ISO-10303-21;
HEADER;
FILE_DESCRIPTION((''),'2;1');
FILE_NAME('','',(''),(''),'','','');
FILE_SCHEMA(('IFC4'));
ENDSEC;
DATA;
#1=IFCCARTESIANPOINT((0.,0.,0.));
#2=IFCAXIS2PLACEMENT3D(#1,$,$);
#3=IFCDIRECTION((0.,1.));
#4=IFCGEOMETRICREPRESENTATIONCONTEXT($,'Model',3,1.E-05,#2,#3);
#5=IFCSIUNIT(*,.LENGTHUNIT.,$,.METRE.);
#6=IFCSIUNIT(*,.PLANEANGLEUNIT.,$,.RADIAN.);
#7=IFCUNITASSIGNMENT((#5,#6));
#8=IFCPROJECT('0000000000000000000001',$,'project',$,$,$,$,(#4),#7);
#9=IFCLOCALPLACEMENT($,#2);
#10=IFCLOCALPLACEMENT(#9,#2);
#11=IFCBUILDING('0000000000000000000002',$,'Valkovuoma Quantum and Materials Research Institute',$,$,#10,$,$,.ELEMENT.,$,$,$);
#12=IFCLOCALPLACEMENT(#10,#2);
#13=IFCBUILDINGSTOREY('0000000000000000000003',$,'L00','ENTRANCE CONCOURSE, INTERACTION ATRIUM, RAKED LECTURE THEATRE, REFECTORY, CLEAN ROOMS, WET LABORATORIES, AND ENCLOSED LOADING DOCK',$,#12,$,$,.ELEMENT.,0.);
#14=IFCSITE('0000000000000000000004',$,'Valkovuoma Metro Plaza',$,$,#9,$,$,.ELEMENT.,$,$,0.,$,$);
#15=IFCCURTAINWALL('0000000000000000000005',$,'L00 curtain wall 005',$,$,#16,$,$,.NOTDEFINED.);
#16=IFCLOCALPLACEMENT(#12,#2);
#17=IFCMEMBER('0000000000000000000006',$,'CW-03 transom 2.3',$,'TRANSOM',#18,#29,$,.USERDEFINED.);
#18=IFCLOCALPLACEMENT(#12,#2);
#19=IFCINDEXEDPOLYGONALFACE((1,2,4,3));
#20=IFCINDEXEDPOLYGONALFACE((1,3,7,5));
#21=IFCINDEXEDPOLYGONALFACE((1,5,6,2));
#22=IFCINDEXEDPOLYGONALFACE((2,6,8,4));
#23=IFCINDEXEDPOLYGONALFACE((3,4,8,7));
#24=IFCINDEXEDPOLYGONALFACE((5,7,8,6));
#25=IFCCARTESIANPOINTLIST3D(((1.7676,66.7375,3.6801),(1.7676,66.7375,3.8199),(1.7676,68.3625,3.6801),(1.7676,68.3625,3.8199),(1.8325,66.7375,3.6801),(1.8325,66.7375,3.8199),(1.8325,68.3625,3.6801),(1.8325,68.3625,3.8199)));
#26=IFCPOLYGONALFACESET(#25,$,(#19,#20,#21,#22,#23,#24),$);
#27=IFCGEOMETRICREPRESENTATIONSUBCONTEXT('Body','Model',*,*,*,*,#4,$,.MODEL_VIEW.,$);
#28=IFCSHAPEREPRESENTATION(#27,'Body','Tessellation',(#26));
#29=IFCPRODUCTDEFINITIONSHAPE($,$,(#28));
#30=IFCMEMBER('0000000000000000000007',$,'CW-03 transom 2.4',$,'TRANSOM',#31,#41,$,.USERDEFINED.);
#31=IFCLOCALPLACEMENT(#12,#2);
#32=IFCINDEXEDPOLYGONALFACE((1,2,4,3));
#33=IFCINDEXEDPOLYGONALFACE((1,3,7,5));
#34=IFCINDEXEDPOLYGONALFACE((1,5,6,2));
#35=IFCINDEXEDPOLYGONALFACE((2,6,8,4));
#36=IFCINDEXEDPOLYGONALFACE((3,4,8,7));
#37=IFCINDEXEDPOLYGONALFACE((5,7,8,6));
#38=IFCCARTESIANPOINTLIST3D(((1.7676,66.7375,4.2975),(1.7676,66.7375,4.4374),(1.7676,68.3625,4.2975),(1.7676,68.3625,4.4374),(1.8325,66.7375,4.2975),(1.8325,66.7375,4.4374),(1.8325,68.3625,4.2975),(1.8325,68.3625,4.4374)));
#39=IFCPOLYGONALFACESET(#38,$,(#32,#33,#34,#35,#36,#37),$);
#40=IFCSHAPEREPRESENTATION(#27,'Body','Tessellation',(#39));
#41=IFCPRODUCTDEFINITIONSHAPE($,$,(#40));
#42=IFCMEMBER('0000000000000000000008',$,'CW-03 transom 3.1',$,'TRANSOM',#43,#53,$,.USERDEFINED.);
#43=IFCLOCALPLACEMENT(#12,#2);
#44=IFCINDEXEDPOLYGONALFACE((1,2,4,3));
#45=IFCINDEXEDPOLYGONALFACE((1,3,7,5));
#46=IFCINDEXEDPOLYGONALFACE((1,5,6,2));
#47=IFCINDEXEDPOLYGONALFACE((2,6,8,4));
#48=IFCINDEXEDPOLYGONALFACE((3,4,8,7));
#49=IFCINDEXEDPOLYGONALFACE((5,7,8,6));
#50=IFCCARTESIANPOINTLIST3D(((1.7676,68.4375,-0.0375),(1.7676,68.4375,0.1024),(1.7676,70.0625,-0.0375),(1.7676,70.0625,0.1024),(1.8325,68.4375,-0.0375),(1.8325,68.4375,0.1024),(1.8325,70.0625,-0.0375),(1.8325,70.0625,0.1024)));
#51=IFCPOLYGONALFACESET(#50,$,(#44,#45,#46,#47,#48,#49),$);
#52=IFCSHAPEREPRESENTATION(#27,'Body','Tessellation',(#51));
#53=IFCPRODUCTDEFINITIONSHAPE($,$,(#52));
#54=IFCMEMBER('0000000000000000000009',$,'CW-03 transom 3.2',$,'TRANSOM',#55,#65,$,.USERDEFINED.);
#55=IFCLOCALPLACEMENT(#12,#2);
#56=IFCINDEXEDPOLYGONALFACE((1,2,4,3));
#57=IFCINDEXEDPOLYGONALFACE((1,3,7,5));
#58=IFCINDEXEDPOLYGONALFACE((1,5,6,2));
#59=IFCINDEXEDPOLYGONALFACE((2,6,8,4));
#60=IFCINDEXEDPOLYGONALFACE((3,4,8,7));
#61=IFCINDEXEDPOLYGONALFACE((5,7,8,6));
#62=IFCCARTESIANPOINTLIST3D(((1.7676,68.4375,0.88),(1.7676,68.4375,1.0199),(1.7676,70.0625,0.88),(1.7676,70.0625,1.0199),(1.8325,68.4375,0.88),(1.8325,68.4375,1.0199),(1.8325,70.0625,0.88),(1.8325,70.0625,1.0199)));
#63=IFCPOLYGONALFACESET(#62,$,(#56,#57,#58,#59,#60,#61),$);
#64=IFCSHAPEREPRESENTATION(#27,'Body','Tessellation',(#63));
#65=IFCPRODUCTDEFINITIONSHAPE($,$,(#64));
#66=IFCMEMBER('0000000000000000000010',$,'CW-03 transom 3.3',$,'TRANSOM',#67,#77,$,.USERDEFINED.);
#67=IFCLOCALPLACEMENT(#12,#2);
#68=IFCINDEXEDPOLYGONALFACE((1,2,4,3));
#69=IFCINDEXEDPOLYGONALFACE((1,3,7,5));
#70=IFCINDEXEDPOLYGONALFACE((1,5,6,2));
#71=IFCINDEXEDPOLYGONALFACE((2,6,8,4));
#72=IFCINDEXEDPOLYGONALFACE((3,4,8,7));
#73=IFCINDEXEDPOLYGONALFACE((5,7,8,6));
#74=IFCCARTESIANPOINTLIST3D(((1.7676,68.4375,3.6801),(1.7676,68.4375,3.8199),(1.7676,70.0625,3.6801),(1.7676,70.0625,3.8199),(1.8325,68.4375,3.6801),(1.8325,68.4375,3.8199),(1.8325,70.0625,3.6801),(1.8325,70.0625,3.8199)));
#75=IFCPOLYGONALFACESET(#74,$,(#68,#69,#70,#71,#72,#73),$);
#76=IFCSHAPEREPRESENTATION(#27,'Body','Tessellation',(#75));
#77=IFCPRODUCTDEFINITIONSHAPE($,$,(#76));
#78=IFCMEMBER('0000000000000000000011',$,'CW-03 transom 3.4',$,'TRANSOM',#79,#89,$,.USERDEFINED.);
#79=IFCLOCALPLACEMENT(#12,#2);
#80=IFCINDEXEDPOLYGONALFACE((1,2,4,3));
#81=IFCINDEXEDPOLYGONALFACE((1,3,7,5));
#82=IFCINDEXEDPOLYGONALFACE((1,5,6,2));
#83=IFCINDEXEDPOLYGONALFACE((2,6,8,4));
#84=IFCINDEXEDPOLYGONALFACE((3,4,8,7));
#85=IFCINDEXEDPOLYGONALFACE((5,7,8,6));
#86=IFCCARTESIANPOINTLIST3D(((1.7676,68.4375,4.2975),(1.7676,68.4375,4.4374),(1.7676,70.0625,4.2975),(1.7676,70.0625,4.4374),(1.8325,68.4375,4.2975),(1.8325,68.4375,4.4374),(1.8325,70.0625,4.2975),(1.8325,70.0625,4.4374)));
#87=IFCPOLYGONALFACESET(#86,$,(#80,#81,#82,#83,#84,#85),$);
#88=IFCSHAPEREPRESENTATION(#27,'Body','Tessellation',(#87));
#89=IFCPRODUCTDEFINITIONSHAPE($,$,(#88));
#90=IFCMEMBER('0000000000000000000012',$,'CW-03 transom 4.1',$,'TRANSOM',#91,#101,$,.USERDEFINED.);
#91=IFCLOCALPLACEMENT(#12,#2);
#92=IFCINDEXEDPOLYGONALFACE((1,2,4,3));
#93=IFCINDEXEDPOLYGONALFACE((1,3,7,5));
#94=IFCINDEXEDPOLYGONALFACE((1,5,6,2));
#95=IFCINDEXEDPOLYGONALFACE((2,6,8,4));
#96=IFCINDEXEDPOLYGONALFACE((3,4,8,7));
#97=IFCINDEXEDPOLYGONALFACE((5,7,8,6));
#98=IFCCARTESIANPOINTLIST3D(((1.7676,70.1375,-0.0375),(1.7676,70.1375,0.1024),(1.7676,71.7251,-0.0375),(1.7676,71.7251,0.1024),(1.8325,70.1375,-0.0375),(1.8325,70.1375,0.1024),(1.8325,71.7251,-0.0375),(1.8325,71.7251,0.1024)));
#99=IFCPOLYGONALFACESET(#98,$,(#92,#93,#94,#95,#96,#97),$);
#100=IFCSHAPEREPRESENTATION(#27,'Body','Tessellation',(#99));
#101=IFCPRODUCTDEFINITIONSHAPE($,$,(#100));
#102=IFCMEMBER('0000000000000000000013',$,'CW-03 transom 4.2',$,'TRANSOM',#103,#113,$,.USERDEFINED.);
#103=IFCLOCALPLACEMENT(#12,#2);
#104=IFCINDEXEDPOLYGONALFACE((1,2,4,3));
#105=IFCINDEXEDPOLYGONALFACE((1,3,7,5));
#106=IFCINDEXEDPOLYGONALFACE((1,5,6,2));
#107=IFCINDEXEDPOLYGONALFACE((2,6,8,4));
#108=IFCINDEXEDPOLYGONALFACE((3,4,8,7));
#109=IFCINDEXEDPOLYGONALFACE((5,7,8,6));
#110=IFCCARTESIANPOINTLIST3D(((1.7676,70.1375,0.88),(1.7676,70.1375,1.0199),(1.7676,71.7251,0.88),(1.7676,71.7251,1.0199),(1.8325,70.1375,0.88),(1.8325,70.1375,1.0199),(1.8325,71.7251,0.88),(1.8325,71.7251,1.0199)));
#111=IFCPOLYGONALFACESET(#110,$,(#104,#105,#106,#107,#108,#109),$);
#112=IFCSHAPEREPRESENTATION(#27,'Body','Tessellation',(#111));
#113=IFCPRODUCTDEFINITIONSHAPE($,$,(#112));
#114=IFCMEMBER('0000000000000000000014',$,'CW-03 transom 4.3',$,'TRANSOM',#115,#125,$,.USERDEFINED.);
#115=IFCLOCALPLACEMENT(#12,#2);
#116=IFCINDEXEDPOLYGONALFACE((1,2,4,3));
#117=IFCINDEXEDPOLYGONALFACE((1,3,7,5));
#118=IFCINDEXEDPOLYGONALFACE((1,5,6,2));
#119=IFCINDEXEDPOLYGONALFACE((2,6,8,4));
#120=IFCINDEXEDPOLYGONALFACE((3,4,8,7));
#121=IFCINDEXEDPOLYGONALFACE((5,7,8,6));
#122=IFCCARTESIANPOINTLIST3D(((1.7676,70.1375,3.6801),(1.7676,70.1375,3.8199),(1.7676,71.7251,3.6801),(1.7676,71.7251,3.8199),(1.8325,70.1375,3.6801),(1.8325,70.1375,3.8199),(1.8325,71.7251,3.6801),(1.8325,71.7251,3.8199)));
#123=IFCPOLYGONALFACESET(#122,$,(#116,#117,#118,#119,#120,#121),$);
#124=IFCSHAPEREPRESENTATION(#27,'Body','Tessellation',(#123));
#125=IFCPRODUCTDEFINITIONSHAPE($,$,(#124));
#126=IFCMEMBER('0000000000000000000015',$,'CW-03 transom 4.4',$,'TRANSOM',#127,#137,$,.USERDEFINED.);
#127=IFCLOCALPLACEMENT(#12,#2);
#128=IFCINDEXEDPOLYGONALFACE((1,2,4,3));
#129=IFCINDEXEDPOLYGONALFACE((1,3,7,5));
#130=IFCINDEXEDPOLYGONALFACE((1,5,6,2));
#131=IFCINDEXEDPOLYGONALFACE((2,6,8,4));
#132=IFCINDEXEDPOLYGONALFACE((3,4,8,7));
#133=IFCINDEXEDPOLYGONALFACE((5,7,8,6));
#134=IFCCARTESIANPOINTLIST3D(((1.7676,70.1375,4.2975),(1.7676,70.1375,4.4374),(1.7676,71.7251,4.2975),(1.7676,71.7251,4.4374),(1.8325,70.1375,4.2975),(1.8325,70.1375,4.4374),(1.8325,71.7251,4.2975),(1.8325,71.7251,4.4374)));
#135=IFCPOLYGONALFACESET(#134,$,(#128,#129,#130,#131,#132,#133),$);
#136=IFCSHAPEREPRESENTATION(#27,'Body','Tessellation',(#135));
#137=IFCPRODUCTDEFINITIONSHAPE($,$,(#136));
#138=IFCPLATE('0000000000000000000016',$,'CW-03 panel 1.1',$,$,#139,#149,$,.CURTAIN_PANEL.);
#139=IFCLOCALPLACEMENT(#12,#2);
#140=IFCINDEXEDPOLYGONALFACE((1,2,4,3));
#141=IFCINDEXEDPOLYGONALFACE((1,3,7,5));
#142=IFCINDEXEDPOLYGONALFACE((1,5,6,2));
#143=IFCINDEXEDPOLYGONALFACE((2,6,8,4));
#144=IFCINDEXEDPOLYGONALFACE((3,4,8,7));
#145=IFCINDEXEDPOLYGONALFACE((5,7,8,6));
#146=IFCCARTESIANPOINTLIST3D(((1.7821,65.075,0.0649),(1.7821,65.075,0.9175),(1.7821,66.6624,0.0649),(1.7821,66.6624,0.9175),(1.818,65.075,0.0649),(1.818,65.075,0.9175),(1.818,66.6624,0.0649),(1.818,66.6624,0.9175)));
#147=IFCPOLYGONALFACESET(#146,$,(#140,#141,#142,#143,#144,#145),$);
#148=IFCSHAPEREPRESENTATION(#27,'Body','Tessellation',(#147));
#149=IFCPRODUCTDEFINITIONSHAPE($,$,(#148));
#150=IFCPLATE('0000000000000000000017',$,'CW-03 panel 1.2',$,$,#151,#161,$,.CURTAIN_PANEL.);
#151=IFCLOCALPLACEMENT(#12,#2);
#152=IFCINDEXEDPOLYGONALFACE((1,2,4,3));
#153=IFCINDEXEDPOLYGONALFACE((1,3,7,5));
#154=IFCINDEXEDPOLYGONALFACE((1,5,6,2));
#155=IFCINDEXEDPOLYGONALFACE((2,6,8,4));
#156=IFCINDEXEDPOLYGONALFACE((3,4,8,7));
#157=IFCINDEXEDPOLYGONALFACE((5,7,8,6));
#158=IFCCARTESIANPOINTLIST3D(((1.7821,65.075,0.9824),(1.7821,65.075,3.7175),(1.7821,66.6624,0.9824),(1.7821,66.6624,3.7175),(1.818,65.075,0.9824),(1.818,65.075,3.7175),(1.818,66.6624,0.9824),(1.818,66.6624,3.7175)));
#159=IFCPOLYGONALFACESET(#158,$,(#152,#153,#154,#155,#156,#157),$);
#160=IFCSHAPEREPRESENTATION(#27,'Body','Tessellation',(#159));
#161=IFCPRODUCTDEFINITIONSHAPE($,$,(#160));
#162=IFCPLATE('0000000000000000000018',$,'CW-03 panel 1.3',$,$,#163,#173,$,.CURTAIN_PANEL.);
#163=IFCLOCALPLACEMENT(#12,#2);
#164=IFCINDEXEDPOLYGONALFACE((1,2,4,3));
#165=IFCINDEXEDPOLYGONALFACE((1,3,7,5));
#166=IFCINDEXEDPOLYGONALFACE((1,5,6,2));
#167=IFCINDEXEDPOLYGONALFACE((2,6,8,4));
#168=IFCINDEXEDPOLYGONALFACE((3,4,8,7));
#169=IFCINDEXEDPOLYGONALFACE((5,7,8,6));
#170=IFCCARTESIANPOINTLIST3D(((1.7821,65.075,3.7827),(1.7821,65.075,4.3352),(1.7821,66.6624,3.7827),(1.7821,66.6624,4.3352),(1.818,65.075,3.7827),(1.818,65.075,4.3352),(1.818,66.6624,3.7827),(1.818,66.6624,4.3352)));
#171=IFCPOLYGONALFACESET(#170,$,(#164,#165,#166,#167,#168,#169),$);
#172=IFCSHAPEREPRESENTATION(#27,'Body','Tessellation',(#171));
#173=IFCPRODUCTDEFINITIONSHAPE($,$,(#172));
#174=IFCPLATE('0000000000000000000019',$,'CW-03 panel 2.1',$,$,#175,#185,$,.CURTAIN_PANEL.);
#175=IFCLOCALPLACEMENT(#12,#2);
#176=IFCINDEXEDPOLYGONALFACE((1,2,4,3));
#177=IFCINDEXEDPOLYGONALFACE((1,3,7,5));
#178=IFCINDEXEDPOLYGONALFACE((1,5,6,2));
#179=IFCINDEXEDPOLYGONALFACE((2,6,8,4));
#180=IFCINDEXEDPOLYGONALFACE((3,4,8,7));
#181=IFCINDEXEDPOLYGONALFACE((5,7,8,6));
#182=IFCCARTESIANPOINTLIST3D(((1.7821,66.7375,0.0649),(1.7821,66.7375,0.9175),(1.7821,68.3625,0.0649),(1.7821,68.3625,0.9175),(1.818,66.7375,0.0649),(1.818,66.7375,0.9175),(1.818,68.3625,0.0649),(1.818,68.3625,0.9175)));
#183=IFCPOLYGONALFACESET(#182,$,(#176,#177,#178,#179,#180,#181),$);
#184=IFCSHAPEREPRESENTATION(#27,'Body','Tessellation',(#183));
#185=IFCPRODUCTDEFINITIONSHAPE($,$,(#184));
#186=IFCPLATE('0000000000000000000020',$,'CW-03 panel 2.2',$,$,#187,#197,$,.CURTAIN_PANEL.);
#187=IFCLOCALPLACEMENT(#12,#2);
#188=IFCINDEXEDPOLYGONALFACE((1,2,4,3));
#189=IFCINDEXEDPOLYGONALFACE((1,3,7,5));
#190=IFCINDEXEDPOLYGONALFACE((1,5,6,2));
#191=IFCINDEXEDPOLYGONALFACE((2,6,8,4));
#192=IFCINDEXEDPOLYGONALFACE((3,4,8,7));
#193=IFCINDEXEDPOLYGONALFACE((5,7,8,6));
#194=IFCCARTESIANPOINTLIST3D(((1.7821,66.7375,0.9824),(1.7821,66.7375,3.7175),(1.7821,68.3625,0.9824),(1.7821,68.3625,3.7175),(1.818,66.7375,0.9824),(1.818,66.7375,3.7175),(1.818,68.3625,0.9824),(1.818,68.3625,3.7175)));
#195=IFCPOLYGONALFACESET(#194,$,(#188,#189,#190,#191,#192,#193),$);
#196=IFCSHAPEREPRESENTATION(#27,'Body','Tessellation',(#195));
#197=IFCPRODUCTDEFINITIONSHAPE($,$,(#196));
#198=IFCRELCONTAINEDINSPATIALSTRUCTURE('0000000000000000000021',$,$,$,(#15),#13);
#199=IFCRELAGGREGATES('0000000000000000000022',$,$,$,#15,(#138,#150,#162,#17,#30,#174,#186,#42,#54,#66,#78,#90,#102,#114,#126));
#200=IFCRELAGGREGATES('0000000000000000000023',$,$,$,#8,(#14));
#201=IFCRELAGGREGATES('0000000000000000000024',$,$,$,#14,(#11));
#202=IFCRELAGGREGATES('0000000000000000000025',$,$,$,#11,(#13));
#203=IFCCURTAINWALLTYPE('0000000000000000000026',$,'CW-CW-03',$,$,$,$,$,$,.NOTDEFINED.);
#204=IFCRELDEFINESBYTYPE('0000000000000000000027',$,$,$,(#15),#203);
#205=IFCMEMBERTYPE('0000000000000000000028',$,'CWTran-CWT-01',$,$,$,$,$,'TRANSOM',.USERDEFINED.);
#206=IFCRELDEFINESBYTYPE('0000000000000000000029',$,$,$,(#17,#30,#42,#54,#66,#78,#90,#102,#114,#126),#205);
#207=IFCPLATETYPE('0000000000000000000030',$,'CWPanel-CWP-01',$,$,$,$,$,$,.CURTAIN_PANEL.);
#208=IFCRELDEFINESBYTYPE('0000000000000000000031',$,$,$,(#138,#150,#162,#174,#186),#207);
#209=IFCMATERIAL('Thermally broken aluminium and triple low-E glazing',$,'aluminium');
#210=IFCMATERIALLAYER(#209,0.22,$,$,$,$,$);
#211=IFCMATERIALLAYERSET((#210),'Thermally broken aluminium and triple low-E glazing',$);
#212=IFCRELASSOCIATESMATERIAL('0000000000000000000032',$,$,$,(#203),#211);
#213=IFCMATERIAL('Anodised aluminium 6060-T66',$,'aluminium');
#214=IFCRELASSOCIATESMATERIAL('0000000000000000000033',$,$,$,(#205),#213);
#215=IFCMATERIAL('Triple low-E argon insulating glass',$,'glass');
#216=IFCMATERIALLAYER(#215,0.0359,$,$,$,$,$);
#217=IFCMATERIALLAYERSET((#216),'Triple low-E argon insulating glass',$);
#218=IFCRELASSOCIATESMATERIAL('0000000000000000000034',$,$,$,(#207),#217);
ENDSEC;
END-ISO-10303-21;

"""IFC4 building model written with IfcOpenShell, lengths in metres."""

from ifc_helpers import new_model, si_unit, direction, frame, origin, origin_2d, place, context, subcontext, project, spatial, rectangle, extrude, material, layer, layer_set, material_profile, profile_set, type_object, element, aggregate, save


model = new_model("IFC4")

# Units and contexts
model_context = context("Model", 3, precision=1e-05, world=origin(), true_north=direction((0.0, 1.0)))
body_context = subcontext(model_context, "Body", "Model", "MODEL_VIEW")
ifc_project = project(units=[si_unit("LENGTHUNIT", "METRE"), si_unit("PLANEANGLEUNIT", "RADIAN")], contexts=[model_context])

# Site, building, storey
site_placement = place(None, origin())
site = spatial("IfcSite", under=ifc_project, at=site_placement, Name="Valkovuoma Metro Plaza", CompositionType="ELEMENT", RefElevation=0.0)
building_placement = place(site_placement, origin())
building = spatial("IfcBuilding", under=site, at=building_placement, Name="Valkovuoma Quantum and Materials Research Institute", CompositionType="ELEMENT")
storey_placement = place(building_placement, origin())
storey = spatial("IfcBuildingStorey", under=building, at=storey_placement, Name="L00", Description="ENTRANCE CONCOURSE, INTERACTION ATRIUM, RAKED LECTURE THEATRE, REFECTORY, CLEAN ROOMS, WET LABORATORIES, AND ENCLOSED LOADING DOCK", CompositionType="ELEMENT", Elevation=0.0)

# Curtain wall, members, plates
ifc_material_1 = material(Name="Thermally broken aluminium and triple low-E glazing", Category="aluminium")
ifc_layer_1 = layer(ifc_material_1, 0.22)
ifc_layer_set_1 = layer_set([ifc_layer_1], Name="Thermally broken aluminium and triple low-E glazing")
curtain_wall_type = type_object("IfcCurtainWallType", Name="CW-CW-03", PredefinedType="NOTDEFINED", material=ifc_layer_set_1)
curtain_wall_placement = place(storey_placement, origin())
curtain_wall = element("IfcCurtainWall", 1, at=curtain_wall_placement, inside=storey, type_object=curtain_wall_type, Name="L00 curtain wall 005", PredefinedType="NOTDEFINED")
ifc_material_2 = material(Name="Anodised aluminium 6060-T66", Category="aluminium")
ifc_material_profile_1 = material_profile(ifc_material_2, rectangle(XDim=0.0649, YDim=0.1399, at=origin_2d()), Name="Anodised aluminium 6060-T66")
ifc_profile_set_1 = profile_set([ifc_material_profile_1], Name="Anodised aluminium 6060-T66")
member_type_1 = type_object("IfcMemberType", Name="CWTran-CWT-01", ElementType="TRANSOM", PredefinedType="USERDEFINED", material=ifc_profile_set_1)
member_1_placement = place(storey_placement, frame((1.8, 66.7375, 3.75), z_axis=(0.0, 1.0, 0.0), x_axis=(-1.0, 0.0, 0.0)))
member_1 = element("IfcMember", 2, at=member_1_placement, type_object=member_type_1, Name="CW-03 transom 2.3", ObjectType="TRANSOM", PredefinedType="USERDEFINED", context=body_context, shape_type="SweptSolid", body=[
    extrude(rectangle(XDim=0.0649, YDim=0.1399, at=origin_2d()), origin(), (0.0, 0.0, 1.0), 1.625),
])
member_2_placement = place(storey_placement, frame((1.8, 66.7375, 4.3674), z_axis=(0.0, 1.0, 0.0), x_axis=(-1.0, 0.0, 0.0)))
member_2 = element("IfcMember", 3, at=member_2_placement, type_object=member_type_1, Name="CW-03 transom 2.4", ObjectType="TRANSOM", PredefinedType="USERDEFINED", context=body_context, shape_type="SweptSolid", body=[
    extrude(rectangle(XDim=0.0649, YDim=0.1399, at=origin_2d()), origin(), (0.0, 0.0, 1.0), 1.625),
])
member_3_placement = place(storey_placement, frame((1.8, 68.4375, 0.0325), z_axis=(0.0, 1.0, 0.0), x_axis=(-1.0, 0.0, 0.0)))
member_3 = element("IfcMember", 4, at=member_3_placement, type_object=member_type_1, Name="CW-03 transom 3.1", ObjectType="TRANSOM", PredefinedType="USERDEFINED", context=body_context, shape_type="SweptSolid", body=[
    extrude(rectangle(XDim=0.0649, YDim=0.1399, at=origin_2d()), origin(), (0.0, 0.0, 1.0), 1.625),
])
member_4_placement = place(storey_placement, frame((1.8, 68.4375, 0.95), z_axis=(0.0, 1.0, 0.0), x_axis=(-1.0, 0.0, 0.0)))
member_4 = element("IfcMember", 5, at=member_4_placement, type_object=member_type_1, Name="CW-03 transom 3.2", ObjectType="TRANSOM", PredefinedType="USERDEFINED", context=body_context, shape_type="SweptSolid", body=[
    extrude(rectangle(XDim=0.0649, YDim=0.1399, at=origin_2d()), origin(), (0.0, 0.0, 1.0), 1.625),
])
member_5_placement = place(storey_placement, frame((1.8, 68.4375, 3.75), z_axis=(0.0, 1.0, 0.0), x_axis=(-1.0, 0.0, 0.0)))
member_5 = element("IfcMember", 6, at=member_5_placement, type_object=member_type_1, Name="CW-03 transom 3.3", ObjectType="TRANSOM", PredefinedType="USERDEFINED", context=body_context, shape_type="SweptSolid", body=[
    extrude(rectangle(XDim=0.0649, YDim=0.1399, at=origin_2d()), origin(), (0.0, 0.0, 1.0), 1.625),
])
member_6_placement = place(storey_placement, frame((1.8, 68.4375, 4.3674), z_axis=(0.0, 1.0, 0.0), x_axis=(-1.0, 0.0, 0.0)))
member_6 = element("IfcMember", 7, at=member_6_placement, type_object=member_type_1, Name="CW-03 transom 3.4", ObjectType="TRANSOM", PredefinedType="USERDEFINED", context=body_context, shape_type="SweptSolid", body=[
    extrude(rectangle(XDim=0.0649, YDim=0.1399, at=origin_2d()), origin(), (0.0, 0.0, 1.0), 1.625),
])
member_7_placement = place(storey_placement, frame((1.8, 70.1375, 0.0325), z_axis=(0.0, 1.0, 0.0), x_axis=(-1.0, 0.0, 0.0)))
member_7 = element("IfcMember", 8, at=member_7_placement, type_object=member_type_1, Name="CW-03 transom 4.1", ObjectType="TRANSOM", PredefinedType="USERDEFINED", context=body_context, shape_type="SweptSolid", body=[
    extrude(rectangle(XDim=0.0649, YDim=0.1399, at=origin_2d()), origin(), (0.0, 0.0, 1.0), 1.5876),
])
member_8_placement = place(storey_placement, frame((1.8, 70.1375, 0.95), z_axis=(0.0, 1.0, 0.0), x_axis=(-1.0, 0.0, 0.0)))
member_8 = element("IfcMember", 9, at=member_8_placement, type_object=member_type_1, Name="CW-03 transom 4.2", ObjectType="TRANSOM", PredefinedType="USERDEFINED", context=body_context, shape_type="SweptSolid", body=[
    extrude(rectangle(XDim=0.0649, YDim=0.1399, at=origin_2d()), origin(), (0.0, 0.0, 1.0), 1.5876),
])
member_9_placement = place(storey_placement, frame((1.8, 70.1375, 3.75), z_axis=(0.0, 1.0, 0.0), x_axis=(-1.0, 0.0, 0.0)))
member_9 = element("IfcMember", 10, at=member_9_placement, type_object=member_type_1, Name="CW-03 transom 4.3", ObjectType="TRANSOM", PredefinedType="USERDEFINED", context=body_context, shape_type="SweptSolid", body=[
    extrude(rectangle(XDim=0.0649, YDim=0.1399, at=origin_2d()), origin(), (0.0, 0.0, 1.0), 1.5876),
])
member_10_placement = place(storey_placement, frame((1.8, 70.1375, 4.3674), z_axis=(0.0, 1.0, 0.0), x_axis=(-1.0, 0.0, 0.0)))
member_10 = element("IfcMember", 11, at=member_10_placement, type_object=member_type_1, Name="CW-03 transom 4.4", ObjectType="TRANSOM", PredefinedType="USERDEFINED", context=body_context, shape_type="SweptSolid", body=[
    extrude(rectangle(XDim=0.0649, YDim=0.1399, at=origin_2d()), origin(), (0.0, 0.0, 1.0), 1.5876),
])
ifc_material_3 = material(Name="Triple low-E argon insulating glass", Category="glass")
ifc_layer_2 = layer(ifc_material_3, 0.0359)
ifc_layer_set_2 = layer_set([ifc_layer_2], Name="Triple low-E argon insulating glass")
plate_type = type_object("IfcPlateType", Name="CWPanel-CWP-01", PredefinedType="CURTAIN_PANEL", material=ifc_layer_set_2)
plate_1_placement = place(storey_placement, frame((1.8, 65.8687, 0.0649), z_axis=(0.0, 0.0, 1.0), x_axis=(0.0, 1.0, 0.0)))
plate_1 = element("IfcPlate", 12, at=plate_1_placement, type_object=plate_type, Name="CW-03 panel 1.1", PredefinedType="CURTAIN_PANEL", context=body_context, shape_type="SweptSolid", body=[
    extrude(rectangle(XDim=1.5874, YDim=0.0359, at=origin_2d()), origin(), (0.0, 0.0, 1.0), 0.8525),
])
plate_2_placement = place(storey_placement, frame((1.8, 65.8687, 0.9824), z_axis=(0.0, 0.0, 1.0), x_axis=(0.0, 1.0, 0.0)))
plate_2 = element("IfcPlate", 13, at=plate_2_placement, type_object=plate_type, Name="CW-03 panel 1.2", PredefinedType="CURTAIN_PANEL", context=body_context, shape_type="SweptSolid", body=[
    extrude(rectangle(XDim=1.5874, YDim=0.0359, at=origin_2d()), origin(), (0.0, 0.0, 1.0), 2.7351),
])
plate_3_placement = place(storey_placement, frame((1.8, 65.8687, 3.7827), z_axis=(0.0, 0.0, 1.0), x_axis=(0.0, 1.0, 0.0)))
plate_3 = element("IfcPlate", 14, at=plate_3_placement, type_object=plate_type, Name="CW-03 panel 1.3", PredefinedType="CURTAIN_PANEL", context=body_context, shape_type="SweptSolid", body=[
    extrude(rectangle(XDim=1.5874, YDim=0.0359, at=origin_2d()), origin(), (0.0, 0.0, 1.0), 0.5525),
])
plate_4_placement = place(storey_placement, frame((1.8, 67.55, 0.0649), z_axis=(0.0, 0.0, 1.0), x_axis=(0.0, 1.0, 0.0)))
plate_4 = element("IfcPlate", 15, at=plate_4_placement, type_object=plate_type, Name="CW-03 panel 2.1", PredefinedType="CURTAIN_PANEL", context=body_context, shape_type="SweptSolid", body=[
    extrude(rectangle(XDim=1.625, YDim=0.0359, at=origin_2d()), origin(), (0.0, 0.0, 1.0), 0.8525),
])
plate_5_placement = place(storey_placement, frame((1.8, 67.55, 0.9824), z_axis=(0.0, 0.0, 1.0), x_axis=(0.0, 1.0, 0.0)))
plate_5 = element("IfcPlate", 16, at=plate_5_placement, type_object=plate_type, Name="CW-03 panel 2.2", PredefinedType="CURTAIN_PANEL", context=body_context, shape_type="SweptSolid", body=[
    extrude(rectangle(XDim=1.625, YDim=0.0359, at=origin_2d()), origin(), (0.0, 0.0, 1.0), 2.7351),
])
aggregate(curtain_wall, [plate_1, plate_2, plate_3, member_1, member_2, plate_4, plate_5, member_3, member_4, member_5, member_6, member_7, member_8, member_9, member_10])

save(model, "model.ifc")
